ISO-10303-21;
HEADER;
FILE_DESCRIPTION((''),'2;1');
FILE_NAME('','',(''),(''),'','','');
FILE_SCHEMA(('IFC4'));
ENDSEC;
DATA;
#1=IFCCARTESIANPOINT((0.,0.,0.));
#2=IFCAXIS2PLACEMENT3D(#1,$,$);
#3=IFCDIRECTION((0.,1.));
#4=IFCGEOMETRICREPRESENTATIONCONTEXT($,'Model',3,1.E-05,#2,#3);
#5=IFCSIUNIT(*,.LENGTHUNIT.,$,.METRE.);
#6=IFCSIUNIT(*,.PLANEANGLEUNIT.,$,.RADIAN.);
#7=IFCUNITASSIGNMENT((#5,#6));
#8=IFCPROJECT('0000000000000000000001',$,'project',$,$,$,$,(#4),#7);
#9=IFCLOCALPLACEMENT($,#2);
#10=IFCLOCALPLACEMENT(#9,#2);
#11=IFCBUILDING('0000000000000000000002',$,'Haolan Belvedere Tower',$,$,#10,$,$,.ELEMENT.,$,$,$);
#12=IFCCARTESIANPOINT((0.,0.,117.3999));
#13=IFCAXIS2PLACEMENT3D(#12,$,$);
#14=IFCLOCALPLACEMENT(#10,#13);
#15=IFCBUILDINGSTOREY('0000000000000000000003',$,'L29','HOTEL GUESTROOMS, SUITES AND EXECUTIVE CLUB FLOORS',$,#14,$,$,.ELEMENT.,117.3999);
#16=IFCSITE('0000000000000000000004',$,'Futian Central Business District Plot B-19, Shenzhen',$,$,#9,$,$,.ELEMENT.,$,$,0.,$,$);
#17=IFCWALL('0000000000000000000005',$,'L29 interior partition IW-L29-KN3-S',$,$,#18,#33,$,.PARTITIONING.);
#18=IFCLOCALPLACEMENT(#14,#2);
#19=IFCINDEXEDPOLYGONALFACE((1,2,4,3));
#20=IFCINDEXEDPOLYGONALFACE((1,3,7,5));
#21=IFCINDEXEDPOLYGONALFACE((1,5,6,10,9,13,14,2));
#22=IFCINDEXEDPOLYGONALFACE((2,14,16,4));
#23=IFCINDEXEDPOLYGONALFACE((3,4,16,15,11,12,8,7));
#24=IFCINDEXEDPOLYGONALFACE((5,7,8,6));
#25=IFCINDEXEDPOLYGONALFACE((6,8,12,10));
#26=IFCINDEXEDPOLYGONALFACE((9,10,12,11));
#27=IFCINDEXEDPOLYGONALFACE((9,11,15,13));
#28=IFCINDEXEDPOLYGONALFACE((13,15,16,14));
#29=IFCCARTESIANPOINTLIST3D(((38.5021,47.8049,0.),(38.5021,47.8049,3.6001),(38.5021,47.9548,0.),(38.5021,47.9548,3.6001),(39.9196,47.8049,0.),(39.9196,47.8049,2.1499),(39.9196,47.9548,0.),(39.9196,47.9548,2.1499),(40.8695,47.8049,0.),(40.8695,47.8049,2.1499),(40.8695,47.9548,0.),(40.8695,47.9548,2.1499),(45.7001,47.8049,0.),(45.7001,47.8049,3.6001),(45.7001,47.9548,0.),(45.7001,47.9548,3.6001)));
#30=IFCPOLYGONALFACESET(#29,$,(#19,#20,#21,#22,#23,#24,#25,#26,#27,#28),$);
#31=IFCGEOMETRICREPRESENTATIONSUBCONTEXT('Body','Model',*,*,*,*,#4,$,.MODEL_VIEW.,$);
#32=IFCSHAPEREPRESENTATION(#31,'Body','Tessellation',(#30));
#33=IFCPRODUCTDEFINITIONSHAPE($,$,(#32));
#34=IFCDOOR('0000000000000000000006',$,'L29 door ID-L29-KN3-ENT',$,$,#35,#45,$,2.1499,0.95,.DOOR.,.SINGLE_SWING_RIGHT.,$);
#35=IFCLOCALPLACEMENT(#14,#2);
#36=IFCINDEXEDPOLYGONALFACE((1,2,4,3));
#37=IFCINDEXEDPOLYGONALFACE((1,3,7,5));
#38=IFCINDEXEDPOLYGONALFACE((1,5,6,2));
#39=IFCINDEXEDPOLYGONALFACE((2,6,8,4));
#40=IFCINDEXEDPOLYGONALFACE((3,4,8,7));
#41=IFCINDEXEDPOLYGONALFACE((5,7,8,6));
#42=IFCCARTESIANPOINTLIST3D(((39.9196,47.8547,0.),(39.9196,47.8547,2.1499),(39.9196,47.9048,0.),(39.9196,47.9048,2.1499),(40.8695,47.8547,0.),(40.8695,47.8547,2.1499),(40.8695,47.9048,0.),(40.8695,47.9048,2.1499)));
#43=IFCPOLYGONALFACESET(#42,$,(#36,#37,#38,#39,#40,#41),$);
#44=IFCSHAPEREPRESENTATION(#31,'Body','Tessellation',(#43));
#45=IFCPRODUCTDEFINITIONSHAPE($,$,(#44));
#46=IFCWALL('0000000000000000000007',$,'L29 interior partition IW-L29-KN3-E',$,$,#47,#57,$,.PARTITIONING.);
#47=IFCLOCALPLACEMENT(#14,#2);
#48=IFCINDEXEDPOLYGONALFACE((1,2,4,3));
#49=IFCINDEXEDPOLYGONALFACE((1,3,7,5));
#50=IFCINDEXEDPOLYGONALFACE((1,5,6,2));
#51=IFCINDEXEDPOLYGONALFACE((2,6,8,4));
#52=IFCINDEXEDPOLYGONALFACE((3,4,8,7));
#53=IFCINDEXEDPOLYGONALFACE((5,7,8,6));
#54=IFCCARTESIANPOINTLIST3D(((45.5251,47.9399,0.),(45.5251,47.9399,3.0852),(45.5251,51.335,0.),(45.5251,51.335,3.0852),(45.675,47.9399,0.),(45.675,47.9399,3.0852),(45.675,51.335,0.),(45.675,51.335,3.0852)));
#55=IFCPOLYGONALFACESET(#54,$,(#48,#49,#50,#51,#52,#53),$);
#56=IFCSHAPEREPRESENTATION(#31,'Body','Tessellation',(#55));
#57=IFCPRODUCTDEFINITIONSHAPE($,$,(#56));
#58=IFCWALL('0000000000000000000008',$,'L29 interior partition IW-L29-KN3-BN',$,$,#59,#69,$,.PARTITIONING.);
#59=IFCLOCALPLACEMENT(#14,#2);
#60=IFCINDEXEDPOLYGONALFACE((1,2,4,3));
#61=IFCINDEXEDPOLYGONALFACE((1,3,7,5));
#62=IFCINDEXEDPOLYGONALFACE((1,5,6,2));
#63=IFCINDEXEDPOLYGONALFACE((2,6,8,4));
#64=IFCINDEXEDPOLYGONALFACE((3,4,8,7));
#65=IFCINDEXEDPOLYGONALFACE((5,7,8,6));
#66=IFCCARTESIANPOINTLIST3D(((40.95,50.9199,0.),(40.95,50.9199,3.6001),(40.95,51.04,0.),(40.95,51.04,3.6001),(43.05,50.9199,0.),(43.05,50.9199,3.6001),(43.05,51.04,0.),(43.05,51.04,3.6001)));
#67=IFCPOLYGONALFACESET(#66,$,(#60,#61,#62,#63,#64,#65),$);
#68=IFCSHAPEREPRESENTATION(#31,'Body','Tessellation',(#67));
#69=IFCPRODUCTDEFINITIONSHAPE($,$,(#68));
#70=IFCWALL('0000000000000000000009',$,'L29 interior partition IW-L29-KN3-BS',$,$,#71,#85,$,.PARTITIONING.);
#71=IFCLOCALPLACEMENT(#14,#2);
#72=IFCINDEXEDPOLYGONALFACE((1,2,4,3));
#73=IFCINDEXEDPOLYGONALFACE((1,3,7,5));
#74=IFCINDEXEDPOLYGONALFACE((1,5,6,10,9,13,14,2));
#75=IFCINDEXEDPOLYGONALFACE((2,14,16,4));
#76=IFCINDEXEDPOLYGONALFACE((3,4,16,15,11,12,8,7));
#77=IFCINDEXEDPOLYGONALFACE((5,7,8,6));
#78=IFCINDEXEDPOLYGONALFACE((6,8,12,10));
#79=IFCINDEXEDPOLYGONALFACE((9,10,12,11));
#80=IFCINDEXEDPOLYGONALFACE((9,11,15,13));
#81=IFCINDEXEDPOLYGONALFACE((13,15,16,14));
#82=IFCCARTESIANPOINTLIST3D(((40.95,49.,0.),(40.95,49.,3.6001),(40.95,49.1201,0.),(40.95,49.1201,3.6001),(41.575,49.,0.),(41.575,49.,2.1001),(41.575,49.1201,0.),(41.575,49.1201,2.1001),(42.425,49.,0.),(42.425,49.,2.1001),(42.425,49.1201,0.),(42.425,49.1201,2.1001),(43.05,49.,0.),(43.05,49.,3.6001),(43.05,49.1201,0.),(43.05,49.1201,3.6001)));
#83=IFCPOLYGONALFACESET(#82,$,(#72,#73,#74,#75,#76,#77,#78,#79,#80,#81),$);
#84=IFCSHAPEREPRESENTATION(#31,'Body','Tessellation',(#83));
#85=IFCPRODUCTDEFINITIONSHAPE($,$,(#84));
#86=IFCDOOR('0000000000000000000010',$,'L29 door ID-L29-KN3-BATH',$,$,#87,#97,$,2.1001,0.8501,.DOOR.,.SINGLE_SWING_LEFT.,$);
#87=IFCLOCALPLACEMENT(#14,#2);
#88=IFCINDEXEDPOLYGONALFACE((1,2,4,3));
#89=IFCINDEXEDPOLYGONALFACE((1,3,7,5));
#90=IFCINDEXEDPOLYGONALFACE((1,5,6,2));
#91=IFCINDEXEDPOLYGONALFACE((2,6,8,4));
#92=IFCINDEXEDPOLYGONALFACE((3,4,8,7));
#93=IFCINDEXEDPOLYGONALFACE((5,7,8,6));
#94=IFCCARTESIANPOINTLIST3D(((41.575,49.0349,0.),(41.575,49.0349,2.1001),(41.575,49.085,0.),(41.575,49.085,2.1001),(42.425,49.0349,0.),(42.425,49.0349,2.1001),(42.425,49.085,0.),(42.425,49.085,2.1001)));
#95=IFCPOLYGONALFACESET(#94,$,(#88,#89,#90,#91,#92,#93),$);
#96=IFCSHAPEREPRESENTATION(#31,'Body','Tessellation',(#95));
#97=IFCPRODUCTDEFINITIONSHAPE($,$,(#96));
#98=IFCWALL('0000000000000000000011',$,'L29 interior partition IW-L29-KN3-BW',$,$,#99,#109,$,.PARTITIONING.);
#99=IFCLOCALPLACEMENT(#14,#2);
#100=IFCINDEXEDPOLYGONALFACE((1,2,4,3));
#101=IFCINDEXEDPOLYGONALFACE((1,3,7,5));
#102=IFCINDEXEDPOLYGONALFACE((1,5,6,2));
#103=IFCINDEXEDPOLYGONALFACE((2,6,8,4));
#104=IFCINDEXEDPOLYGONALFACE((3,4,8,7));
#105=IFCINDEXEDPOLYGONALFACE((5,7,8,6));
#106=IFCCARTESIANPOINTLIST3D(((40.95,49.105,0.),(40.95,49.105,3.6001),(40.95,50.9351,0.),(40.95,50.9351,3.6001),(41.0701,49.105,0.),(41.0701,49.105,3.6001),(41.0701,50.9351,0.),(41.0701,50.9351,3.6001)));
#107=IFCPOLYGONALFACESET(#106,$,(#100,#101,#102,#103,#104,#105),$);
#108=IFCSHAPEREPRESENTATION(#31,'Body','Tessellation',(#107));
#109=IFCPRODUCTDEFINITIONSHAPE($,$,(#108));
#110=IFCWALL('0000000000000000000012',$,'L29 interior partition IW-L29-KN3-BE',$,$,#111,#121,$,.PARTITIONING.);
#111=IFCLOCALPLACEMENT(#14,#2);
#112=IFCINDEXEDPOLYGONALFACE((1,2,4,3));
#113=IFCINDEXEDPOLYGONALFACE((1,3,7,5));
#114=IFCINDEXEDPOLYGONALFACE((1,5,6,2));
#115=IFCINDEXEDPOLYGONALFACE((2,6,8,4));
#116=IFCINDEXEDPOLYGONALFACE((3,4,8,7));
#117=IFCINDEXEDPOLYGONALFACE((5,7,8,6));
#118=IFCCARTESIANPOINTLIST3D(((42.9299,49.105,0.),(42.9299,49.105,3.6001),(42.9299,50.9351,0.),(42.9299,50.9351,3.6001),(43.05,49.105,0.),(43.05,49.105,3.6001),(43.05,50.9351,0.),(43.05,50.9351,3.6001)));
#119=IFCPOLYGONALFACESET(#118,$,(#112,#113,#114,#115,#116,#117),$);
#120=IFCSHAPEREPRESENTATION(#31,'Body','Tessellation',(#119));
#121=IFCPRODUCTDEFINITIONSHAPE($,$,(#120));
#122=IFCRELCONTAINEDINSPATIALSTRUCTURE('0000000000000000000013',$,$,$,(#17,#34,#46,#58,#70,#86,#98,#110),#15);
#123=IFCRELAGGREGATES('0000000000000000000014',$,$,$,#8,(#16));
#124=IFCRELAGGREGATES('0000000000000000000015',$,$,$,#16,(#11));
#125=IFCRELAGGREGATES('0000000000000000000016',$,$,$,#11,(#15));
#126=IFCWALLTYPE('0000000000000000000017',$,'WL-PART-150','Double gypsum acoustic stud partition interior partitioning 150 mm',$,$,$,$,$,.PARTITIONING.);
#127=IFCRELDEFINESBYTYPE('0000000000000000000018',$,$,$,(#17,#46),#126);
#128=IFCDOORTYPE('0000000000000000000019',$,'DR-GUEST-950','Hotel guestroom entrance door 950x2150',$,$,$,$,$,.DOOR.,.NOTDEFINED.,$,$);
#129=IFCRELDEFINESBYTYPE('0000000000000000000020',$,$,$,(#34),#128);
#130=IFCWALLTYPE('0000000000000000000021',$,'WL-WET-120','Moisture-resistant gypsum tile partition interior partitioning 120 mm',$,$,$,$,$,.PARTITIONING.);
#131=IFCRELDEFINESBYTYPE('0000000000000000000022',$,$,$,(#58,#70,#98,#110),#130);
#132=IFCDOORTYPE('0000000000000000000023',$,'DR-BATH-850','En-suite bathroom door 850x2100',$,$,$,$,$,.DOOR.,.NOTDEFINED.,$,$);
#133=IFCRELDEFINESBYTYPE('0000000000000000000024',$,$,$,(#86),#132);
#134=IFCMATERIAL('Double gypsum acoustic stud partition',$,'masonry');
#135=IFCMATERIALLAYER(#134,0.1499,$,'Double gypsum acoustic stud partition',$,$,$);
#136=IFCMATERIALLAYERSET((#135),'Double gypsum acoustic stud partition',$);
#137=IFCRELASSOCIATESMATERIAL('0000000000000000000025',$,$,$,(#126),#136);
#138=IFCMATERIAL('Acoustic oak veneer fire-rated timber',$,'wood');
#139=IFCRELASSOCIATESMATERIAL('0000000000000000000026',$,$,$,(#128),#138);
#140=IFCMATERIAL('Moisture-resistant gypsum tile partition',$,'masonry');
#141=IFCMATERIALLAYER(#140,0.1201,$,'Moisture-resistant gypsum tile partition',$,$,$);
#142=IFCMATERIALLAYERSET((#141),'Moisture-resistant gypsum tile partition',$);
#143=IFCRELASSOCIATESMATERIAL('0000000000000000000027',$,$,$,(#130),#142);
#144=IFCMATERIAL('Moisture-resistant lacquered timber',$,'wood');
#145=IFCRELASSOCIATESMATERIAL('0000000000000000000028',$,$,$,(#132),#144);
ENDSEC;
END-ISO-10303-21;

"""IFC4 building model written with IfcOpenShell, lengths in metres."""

from ifc_helpers import new_model, si_unit, direction, frame, frame_2d, origin, place, context, subcontext, project, spatial, rectangle, extrude, material, layer, layer_set, type_object, element, fill, save


model = new_model("IFC4")

# Units and contexts
model_context = context("Model", 3, precision=1e-05, world=origin(), true_north=direction((0.0, 1.0)))
body_context = subcontext(model_context, "Body", "Model", "MODEL_VIEW")
ifc_project = project(units=[si_unit("LENGTHUNIT", "METRE"), si_unit("PLANEANGLEUNIT", "RADIAN")], contexts=[model_context])

# Site, building, storey
site_placement = place(None, origin())
site = spatial("IfcSite", under=ifc_project, at=site_placement, Name="Futian Central Business District Plot B-19, Shenzhen", CompositionType="ELEMENT", RefElevation=0.0)
building_placement = place(site_placement, origin())
building = spatial("IfcBuilding", under=site, at=building_placement, Name="Haolan Belvedere Tower", CompositionType="ELEMENT")
storey_placement = place(building_placement, frame((0.0, 0.0, 117.3999)))
storey = spatial("IfcBuildingStorey", under=building, at=storey_placement, Name="L29", Description="HOTEL GUESTROOMS, SUITES AND EXECUTIVE CLUB FLOORS", CompositionType="ELEMENT", Elevation=117.3999)

# Shared definitions
ifc_material_1 = material(Name="Double gypsum acoustic stud partition", Category="masonry")
ifc_layer_1 = layer(ifc_material_1, 0.1499, Name="Double gypsum acoustic stud partition")
ifc_layer_set_1 = layer_set([ifc_layer_1], Name="Double gypsum acoustic stud partition")
wall_type_1 = type_object("IfcWallType", Name="WL-PART-150", Description="Double gypsum acoustic stud partition interior partitioning 150 mm", PredefinedType="PARTITIONING", material=ifc_layer_set_1)

# Wall, opening, door
wall_1_placement = place(storey_placement, frame((38.502, 47.8799, 0.0), z_axis=(0.0, 0.0, 1.0), x_axis=(1.0, 0.0, 0.0)))
wall_1 = element("IfcWall", 1, at=wall_1_placement, inside=storey, type_object=wall_type_1, Name="L29 interior partition IW-L29-KN3-S", PredefinedType="PARTITIONING", context=body_context, shape_type="SweptSolid", body=[
    extrude(rectangle(XDim=7.198, YDim=0.1499, at=frame_2d((3.5991, 0.0))), origin(), (0.0, 0.0, 1.0), 3.6001),
])
opening_1_placement = place(wall_1_placement, frame((1.4175, 0.0, 0.0)))
opening_1 = element("IfcOpeningElement", 2, at=opening_1_placement, cuts=wall_1, PredefinedType="OPENING", context=body_context, shape_type="SweptSolid", body=[
    extrude(rectangle(XDim=0.95, YDim=2.1499, at=frame_2d((0.4751, 1.075))), frame((0.0, 0.085, 0.0), z_axis=(0.0, -1.0, 0.0), x_axis=(1.0, 0.0, 0.0)), (0.0, 0.0, 1.0), 0.1699),
])
ifc_material_2 = material(Name="Acoustic oak veneer fire-rated timber", Category="wood")
door_type_1 = type_object("IfcDoorType", Name="DR-GUEST-950", Description="Hotel guestroom entrance door 950x2150", OperationType="NOTDEFINED", PredefinedType="DOOR", material=ifc_material_2)
door_1_placement = place(opening_1_placement, origin())
door_1 = element("IfcDoor", 3, at=door_1_placement, inside=storey, type_object=door_type_1, Name="L29 door ID-L29-KN3-ENT", OperationType="SINGLE_SWING_RIGHT", OverallHeight=2.1499, OverallWidth=0.95, PredefinedType="DOOR", context=body_context, shape_type="SweptSolid", body=[
    extrude(rectangle(XDim=0.95, YDim=2.1499, at=frame_2d((0.4751, 1.075))), frame((0.0, 0.0249, 0.0), z_axis=(0.0, -1.0, 0.0), x_axis=(1.0, 0.0, 0.0)), (0.0, 0.0, 1.0), 0.05),
])
fill(opening_1, door_1)

# Walls
wall_2_placement = place(storey_placement, frame((45.6001, 47.9399, 0.0), z_axis=(0.0, 0.0, 1.0), x_axis=(0.0, 1.0, 0.0)))
element("IfcWall", 4, at=wall_2_placement, inside=storey, type_object=wall_type_1, Name="L29 interior partition IW-L29-KN3-E", PredefinedType="PARTITIONING", context=body_context, shape_type="SweptSolid", body=[
    extrude(rectangle(XDim=3.395, YDim=0.1499, at=frame_2d((1.6975, 0.0))), origin(), (0.0, 0.0, 1.0), 3.0852),
])
ifc_material_3 = material(Name="Moisture-resistant gypsum tile partition", Category="masonry")
ifc_layer_2 = layer(ifc_material_3, 0.1201, Name="Moisture-resistant gypsum tile partition")
ifc_layer_set_2 = layer_set([ifc_layer_2], Name="Moisture-resistant gypsum tile partition")
wall_type_2 = type_object("IfcWallType", Name="WL-WET-120", Description="Moisture-resistant gypsum tile partition interior partitioning 120 mm", PredefinedType="PARTITIONING", material=ifc_layer_set_2)
wall_3_placement = place(storey_placement, frame((40.95, 50.98, 0.0), z_axis=(0.0, 0.0, 1.0), x_axis=(1.0, 0.0, 0.0)))
element("IfcWall", 5, at=wall_3_placement, inside=storey, type_object=wall_type_2, Name="L29 interior partition IW-L29-KN3-BN", PredefinedType="PARTITIONING", context=body_context, shape_type="SweptSolid", body=[
    extrude(rectangle(XDim=2.1001, YDim=0.1201, at=frame_2d((1.05, 0.0))), origin(), (0.0, 0.0, 1.0), 3.6001),
])

# Wall, opening, door
wall_4_placement = place(storey_placement, frame((40.95, 49.0601, 0.0), z_axis=(0.0, 0.0, 1.0), x_axis=(1.0, 0.0, 0.0)))
wall_4 = element("IfcWall", 6, at=wall_4_placement, inside=storey, type_object=wall_type_2, Name="L29 interior partition IW-L29-KN3-BS", PredefinedType="PARTITIONING", context=body_context, shape_type="SweptSolid", body=[
    extrude(rectangle(XDim=2.1001, YDim=0.1201, at=frame_2d((1.05, 0.0))), origin(), (0.0, 0.0, 1.0), 3.6001),
])
opening_2_placement = place(wall_4_placement, frame((0.625, 0.0, 0.0)))
opening_2 = element("IfcOpeningElement", 7, at=opening_2_placement, cuts=wall_4, PredefinedType="OPENING", context=body_context, shape_type="SweptSolid", body=[
    extrude(rectangle(XDim=0.8501, YDim=2.1001, at=frame_2d((0.425, 1.05))), frame((0.0, 0.0701, 0.0), z_axis=(0.0, -1.0, 0.0), x_axis=(1.0, 0.0, 0.0)), (0.0, 0.0, 1.0), 0.1401),
])
ifc_material_4 = material(Name="Moisture-resistant lacquered timber", Category="wood")
door_type_2 = type_object("IfcDoorType", Name="DR-BATH-850", Description="En-suite bathroom door 850x2100", OperationType="NOTDEFINED", PredefinedType="DOOR", material=ifc_material_4)
door_2_placement = place(opening_2_placement, origin())
door_2 = element("IfcDoor", 8, at=door_2_placement, inside=storey, type_object=door_type_2, Name="L29 door ID-L29-KN3-BATH", OperationType="SINGLE_SWING_LEFT", OverallHeight=2.1001, OverallWidth=0.8501, PredefinedType="DOOR", context=body_context, shape_type="SweptSolid", body=[
    extrude(rectangle(XDim=0.8501, YDim=2.1001, at=frame_2d((0.425, 1.05))), frame((0.0, 0.0249, 0.0), z_axis=(0.0, -1.0, 0.0), x_axis=(1.0, 0.0, 0.0)), (0.0, 0.0, 1.0), 0.05),
])
fill(opening_2, door_2)

# Walls
for number, where, z_axis, x_axis, name in (
    (9, (41.01, 49.105, 0.0), (0.0, 0.0, 1.0), (0.0, 1.0, 0.0), "L29 interior partition IW-L29-KN3-BW"),
    (10, (42.99, 49.105, 0.0), (0.0, 0.0, 1.0), (0.0, 1.0, 0.0), "L29 interior partition IW-L29-KN3-BE"),
):
    element("IfcWall", number, at=place(storey_placement, frame(where, z_axis=z_axis, x_axis=x_axis)), inside=storey, type_object=wall_type_2, Name=name, PredefinedType="PARTITIONING", context=body_context, shape_type="SweptSolid", body=[
        extrude(rectangle(XDim=1.8301, YDim=0.1201, at=frame_2d((0.915, 0.0))), origin(), (0.0, 0.0, 1.0), 3.6001),
    ])

save(model, "model.ifc")
